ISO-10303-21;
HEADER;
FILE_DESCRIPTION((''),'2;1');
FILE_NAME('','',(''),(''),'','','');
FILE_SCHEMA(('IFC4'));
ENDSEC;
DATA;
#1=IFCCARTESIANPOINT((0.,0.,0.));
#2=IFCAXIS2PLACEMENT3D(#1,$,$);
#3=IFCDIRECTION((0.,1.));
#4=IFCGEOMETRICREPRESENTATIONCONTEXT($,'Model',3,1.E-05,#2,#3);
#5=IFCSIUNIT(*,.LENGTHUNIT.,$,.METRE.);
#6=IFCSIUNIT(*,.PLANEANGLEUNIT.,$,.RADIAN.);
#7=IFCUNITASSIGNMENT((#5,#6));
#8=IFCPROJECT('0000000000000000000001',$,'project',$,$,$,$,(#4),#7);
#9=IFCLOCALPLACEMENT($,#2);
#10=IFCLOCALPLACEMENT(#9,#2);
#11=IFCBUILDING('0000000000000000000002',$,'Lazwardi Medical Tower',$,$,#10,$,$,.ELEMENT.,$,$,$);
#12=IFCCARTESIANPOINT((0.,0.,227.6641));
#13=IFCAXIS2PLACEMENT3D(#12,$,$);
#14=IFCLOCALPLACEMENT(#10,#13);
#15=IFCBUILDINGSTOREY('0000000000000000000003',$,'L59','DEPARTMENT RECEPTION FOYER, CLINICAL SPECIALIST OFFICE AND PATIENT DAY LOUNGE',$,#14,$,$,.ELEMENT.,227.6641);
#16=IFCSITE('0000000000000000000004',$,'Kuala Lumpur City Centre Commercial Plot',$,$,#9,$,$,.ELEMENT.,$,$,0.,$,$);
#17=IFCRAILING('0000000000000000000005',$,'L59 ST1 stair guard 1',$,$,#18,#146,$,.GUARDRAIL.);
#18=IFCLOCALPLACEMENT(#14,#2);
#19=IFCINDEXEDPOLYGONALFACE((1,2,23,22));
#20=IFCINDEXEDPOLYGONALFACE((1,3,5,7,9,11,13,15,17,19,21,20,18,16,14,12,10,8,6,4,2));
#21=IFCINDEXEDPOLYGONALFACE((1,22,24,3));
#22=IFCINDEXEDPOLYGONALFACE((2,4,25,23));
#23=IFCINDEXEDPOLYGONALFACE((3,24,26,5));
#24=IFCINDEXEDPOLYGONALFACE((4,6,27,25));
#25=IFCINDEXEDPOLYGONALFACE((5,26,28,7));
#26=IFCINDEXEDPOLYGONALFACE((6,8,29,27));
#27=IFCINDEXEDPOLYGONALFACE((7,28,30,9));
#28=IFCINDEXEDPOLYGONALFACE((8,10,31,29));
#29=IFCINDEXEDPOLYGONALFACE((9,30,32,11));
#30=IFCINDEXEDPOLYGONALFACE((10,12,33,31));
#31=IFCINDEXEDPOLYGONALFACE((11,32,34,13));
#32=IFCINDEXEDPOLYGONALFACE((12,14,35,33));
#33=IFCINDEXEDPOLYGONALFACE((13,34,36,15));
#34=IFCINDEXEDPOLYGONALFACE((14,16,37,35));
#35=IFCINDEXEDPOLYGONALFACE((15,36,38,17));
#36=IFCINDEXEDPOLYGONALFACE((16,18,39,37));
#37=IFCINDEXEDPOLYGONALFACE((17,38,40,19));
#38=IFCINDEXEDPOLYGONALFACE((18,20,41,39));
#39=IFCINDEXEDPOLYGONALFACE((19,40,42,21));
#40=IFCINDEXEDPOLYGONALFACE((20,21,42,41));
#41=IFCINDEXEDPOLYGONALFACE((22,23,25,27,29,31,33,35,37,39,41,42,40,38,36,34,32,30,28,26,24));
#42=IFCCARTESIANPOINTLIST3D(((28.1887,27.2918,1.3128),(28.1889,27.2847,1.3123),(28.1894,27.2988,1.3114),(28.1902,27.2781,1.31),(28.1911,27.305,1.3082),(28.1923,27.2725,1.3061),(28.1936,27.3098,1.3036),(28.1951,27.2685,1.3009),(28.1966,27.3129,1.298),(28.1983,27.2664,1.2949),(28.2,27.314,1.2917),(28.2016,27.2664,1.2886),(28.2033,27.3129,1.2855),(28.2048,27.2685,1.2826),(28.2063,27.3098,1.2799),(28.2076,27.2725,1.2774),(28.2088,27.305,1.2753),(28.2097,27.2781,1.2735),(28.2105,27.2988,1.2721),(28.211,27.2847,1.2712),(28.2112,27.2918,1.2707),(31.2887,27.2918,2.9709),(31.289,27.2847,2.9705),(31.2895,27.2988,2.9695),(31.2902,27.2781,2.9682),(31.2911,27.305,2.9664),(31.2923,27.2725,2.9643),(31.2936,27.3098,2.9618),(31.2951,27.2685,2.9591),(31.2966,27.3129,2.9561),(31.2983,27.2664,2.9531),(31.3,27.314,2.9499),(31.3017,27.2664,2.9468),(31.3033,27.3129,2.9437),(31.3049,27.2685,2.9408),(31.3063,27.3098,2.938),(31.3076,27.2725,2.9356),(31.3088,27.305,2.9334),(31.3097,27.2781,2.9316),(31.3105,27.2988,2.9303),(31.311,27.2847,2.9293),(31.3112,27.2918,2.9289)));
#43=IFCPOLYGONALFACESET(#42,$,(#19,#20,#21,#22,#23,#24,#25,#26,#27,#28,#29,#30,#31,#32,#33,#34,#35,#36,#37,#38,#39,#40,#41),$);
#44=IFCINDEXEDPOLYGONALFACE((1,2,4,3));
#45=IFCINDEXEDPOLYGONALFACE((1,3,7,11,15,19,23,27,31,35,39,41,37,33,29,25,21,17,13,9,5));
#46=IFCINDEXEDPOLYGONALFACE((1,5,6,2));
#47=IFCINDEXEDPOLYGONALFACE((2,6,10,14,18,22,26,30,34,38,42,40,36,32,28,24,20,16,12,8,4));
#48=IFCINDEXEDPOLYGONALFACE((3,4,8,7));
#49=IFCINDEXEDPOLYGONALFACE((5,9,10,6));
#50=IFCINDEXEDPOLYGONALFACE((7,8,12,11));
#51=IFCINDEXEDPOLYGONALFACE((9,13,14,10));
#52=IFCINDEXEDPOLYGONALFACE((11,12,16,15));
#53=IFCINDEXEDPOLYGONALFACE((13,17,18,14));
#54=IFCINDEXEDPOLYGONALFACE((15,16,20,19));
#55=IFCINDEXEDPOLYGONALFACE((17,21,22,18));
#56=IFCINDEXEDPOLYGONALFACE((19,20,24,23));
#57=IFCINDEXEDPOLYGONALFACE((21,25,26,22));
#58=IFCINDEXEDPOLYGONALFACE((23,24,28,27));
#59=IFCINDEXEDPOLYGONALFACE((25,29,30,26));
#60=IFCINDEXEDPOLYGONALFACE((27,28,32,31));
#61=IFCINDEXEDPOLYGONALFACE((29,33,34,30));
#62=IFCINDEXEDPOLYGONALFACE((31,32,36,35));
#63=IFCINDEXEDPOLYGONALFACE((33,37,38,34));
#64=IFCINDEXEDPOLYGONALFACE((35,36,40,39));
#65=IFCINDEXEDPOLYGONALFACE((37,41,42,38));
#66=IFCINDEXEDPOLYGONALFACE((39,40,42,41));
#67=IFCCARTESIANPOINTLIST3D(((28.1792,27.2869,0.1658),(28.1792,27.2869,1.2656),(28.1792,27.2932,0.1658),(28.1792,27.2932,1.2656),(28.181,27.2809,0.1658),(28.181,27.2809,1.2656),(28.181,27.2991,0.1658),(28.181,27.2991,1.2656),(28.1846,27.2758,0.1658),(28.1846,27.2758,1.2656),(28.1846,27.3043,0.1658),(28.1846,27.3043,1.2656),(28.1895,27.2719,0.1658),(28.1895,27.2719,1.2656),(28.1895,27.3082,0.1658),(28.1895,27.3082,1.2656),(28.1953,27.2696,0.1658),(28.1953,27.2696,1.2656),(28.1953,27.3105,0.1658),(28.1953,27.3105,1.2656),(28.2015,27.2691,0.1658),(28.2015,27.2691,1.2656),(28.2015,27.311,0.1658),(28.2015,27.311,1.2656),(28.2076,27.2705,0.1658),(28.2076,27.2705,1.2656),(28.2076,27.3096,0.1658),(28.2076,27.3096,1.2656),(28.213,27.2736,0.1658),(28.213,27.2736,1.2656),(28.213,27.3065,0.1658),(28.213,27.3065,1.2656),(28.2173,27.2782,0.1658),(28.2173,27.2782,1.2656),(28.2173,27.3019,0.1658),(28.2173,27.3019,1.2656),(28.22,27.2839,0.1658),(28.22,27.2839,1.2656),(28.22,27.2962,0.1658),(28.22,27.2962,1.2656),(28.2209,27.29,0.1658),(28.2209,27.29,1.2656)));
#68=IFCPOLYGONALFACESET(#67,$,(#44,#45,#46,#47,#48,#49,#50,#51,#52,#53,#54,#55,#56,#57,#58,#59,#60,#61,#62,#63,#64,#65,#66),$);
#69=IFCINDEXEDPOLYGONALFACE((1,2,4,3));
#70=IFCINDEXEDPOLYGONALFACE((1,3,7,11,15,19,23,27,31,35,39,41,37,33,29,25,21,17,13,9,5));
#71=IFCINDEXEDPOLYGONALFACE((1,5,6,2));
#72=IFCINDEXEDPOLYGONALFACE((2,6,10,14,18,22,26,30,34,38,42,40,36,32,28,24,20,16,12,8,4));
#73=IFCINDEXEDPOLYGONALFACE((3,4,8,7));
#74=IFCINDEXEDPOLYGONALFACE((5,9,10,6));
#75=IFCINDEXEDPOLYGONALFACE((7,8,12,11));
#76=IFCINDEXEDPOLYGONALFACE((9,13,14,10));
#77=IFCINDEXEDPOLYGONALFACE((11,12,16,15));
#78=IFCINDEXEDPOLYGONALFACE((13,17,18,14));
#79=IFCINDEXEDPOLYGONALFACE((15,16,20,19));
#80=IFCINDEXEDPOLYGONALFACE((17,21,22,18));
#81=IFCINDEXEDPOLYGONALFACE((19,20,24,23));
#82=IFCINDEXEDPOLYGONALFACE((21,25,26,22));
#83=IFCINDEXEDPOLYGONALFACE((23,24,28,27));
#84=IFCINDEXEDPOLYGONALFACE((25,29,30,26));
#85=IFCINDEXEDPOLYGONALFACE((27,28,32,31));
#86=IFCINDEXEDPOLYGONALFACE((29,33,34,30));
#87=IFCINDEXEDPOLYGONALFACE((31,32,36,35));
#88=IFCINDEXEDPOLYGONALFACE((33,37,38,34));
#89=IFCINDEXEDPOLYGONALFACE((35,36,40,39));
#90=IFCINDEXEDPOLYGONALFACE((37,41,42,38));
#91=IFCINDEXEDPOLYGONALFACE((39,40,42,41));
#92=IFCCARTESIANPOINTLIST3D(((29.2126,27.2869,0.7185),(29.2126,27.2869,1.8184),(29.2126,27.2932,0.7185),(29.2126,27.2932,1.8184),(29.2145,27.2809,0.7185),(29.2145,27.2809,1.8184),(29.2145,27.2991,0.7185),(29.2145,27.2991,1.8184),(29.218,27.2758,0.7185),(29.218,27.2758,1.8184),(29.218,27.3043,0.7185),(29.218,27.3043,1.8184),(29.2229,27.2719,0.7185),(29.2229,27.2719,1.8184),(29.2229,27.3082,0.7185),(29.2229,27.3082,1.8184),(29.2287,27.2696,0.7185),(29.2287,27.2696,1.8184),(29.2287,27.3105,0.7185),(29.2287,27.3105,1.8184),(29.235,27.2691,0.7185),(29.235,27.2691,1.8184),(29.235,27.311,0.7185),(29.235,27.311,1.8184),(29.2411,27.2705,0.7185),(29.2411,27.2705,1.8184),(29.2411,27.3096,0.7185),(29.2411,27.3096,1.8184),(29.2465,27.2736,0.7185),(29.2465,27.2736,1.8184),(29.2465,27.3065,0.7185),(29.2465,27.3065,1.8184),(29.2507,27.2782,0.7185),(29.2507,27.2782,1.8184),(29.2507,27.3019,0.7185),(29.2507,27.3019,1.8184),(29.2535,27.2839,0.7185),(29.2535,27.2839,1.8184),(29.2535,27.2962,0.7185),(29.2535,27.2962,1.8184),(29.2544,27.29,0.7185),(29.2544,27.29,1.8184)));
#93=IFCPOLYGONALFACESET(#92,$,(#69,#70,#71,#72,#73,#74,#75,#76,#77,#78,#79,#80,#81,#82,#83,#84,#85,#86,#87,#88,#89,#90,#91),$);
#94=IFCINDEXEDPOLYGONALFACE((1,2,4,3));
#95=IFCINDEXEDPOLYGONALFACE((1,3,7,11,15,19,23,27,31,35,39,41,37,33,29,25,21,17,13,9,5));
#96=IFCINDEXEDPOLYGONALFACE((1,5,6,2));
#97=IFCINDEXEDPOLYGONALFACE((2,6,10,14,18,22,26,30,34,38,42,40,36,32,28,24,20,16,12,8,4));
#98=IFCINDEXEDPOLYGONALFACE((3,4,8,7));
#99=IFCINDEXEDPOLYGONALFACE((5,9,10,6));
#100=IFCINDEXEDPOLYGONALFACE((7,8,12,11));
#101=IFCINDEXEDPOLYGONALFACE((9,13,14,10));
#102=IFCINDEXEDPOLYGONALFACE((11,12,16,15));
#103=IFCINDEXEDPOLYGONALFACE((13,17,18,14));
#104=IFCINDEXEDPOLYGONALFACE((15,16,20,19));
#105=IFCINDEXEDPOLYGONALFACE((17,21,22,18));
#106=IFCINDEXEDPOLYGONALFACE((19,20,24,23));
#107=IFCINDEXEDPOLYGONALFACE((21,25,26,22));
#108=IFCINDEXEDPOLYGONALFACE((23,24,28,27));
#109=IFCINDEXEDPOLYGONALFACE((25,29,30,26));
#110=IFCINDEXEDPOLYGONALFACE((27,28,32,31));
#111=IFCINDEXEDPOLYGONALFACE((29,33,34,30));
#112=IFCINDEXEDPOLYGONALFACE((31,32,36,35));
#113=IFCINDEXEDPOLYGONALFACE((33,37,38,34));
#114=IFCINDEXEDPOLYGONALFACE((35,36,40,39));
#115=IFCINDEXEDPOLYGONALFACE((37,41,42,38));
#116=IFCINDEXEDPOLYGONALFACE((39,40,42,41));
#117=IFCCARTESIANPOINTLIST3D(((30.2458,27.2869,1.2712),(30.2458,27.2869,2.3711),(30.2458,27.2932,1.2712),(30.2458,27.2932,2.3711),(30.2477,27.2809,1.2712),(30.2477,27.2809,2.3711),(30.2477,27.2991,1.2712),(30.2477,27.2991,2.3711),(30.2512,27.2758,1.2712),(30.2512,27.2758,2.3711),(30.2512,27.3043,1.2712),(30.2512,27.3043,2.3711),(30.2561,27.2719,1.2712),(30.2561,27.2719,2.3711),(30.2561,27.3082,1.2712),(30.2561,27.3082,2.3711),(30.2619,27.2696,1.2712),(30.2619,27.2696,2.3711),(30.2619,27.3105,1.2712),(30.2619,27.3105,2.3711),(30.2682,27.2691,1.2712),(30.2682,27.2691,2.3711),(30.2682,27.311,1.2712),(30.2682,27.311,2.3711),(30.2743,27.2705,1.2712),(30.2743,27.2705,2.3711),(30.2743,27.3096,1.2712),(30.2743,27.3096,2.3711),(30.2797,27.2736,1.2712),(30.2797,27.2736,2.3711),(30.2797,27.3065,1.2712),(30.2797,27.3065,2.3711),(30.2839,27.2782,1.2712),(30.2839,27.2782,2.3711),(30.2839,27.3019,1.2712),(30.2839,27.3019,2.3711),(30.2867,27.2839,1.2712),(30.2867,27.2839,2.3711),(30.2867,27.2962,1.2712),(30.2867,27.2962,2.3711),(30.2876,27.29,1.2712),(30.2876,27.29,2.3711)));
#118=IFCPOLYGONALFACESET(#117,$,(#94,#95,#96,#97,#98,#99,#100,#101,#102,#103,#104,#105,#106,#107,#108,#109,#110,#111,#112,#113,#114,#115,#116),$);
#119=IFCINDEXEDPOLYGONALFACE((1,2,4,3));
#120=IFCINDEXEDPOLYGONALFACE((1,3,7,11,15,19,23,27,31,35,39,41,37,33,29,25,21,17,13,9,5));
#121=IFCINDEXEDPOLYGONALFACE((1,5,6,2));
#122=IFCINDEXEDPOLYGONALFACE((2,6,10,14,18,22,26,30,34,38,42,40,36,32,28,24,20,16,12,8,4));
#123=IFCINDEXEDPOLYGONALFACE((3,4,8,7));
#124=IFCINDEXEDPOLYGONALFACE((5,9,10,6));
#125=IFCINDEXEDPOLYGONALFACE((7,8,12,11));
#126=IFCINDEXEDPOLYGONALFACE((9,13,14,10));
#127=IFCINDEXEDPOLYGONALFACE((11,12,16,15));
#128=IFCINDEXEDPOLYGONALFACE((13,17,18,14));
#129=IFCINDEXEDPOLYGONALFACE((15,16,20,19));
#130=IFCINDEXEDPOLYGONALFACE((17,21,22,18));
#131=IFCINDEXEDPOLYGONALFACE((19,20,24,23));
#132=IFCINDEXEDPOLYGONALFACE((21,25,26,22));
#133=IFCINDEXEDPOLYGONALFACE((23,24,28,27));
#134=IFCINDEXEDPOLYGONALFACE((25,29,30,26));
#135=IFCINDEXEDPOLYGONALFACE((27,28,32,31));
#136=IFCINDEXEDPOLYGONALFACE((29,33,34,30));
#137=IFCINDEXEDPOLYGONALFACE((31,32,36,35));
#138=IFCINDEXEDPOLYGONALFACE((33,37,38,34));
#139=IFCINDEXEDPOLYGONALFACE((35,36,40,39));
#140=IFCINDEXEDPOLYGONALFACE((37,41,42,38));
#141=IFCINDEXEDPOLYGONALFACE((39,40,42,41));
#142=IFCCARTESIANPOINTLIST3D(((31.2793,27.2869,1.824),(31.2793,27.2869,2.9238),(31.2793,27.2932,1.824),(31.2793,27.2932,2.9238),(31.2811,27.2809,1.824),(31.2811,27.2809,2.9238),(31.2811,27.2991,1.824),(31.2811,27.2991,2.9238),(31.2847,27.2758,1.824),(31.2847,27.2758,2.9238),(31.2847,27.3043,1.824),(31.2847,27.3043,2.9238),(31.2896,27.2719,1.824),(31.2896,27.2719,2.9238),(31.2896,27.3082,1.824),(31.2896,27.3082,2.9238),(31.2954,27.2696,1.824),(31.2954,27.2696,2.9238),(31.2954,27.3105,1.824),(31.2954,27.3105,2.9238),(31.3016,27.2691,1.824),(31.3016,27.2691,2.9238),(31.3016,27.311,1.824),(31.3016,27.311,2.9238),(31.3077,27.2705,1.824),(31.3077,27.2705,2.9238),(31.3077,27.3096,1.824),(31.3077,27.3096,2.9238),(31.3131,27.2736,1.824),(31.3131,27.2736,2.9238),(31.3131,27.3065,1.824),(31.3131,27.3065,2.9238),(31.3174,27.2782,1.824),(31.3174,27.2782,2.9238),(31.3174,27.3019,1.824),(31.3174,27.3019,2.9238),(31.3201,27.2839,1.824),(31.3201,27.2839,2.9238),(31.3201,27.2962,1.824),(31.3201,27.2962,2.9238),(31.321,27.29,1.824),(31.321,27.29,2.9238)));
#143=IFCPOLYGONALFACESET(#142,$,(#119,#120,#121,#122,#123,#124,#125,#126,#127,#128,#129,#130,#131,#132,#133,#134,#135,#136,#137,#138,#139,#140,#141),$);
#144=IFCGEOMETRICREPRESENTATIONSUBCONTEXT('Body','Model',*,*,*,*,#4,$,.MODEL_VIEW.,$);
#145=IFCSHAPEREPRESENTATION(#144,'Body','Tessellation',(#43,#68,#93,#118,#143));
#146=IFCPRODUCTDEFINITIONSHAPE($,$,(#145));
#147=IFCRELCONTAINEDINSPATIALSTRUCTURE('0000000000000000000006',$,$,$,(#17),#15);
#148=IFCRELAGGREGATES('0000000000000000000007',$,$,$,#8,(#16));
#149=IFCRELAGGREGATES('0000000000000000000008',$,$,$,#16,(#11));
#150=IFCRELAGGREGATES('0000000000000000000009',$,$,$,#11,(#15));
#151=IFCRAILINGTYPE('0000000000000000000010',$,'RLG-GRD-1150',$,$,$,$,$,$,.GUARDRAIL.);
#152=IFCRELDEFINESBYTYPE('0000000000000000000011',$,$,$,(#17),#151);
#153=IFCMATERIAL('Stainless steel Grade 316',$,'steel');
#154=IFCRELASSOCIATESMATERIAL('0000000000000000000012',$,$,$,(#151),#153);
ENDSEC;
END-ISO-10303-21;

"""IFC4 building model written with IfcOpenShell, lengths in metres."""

from ifc_helpers import new_model, si_unit, direction, frame, origin, origin_2d, place, context, subcontext, project, spatial, circle, extrude, material, type_object, element, save


model = new_model("IFC4")

# Units and contexts
model_context = context("Model", 3, precision=1e-05, world=origin(), true_north=direction((0.0, 1.0)))
body_context = subcontext(model_context, "Body", "Model", "MODEL_VIEW")
ifc_project = project(units=[si_unit("LENGTHUNIT", "METRE"), si_unit("PLANEANGLEUNIT", "RADIAN")], contexts=[model_context])

# Site, building, storey
site_placement = place(None, origin())
site = spatial("IfcSite", under=ifc_project, at=site_placement, Name="Kuala Lumpur City Centre Commercial Plot", CompositionType="ELEMENT", RefElevation=0.0)
building_placement = place(site_placement, origin())
building = spatial("IfcBuilding", under=site, at=building_placement, Name="Lazwardi Medical Tower", CompositionType="ELEMENT")
storey_placement = place(building_placement, frame((0.0, 0.0, 227.6641)))
storey = spatial("IfcBuildingStorey", under=building, at=storey_placement, Name="L59", Description="DEPARTMENT RECEPTION FOYER, CLINICAL SPECIALIST OFFICE AND PATIENT DAY LOUNGE", CompositionType="ELEMENT", Elevation=227.6641)

# Railing
ifc_material_1 = material(Name="Stainless steel Grade 316", Category="steel")
railing_type_1 = type_object("IfcRailingType", Name="RLG-GRD-1150", PredefinedType="GUARDRAIL", material=ifc_material_1)
railing_1_placement = place(storey_placement, frame((28.2, 27.29, 0.1658)))
element("IfcRailing", 1, at=railing_1_placement, inside=storey, type_object=railing_type_1, Name="L59 ST1 stair guard 1", PredefinedType="GUARDRAIL", context=body_context, shape_type="SweptSolid", body=[
    extrude(circle(Radius=0.0239, at=origin_2d()), frame((0.0, 0.0, 1.126), z_axis=(0.881783, 0.0, 0.471655), x_axis=(0.0, 1.0, 0.0)), (0.0, 0.0, 1.0), 3.5156),
    extrude(circle(Radius=0.021, at=origin_2d()), origin(), (0.0, 0.0, 1.0), 1.0999),
    extrude(circle(Radius=0.021, at=origin_2d()), frame((1.0334, 0.0, 0.5527)), (0.0, 0.0, 1.0), 1.0999),
    extrude(circle(Radius=0.021, at=origin_2d()), frame((2.0667, 0.0, 1.1055)), (0.0, 0.0, 1.0), 1.0999),
    extrude(circle(Radius=0.021, at=origin_2d()), frame((3.1001, 0.0, 1.6582)), (0.0, 0.0, 1.0), 1.0999),
])

save(model, "model.ifc")
